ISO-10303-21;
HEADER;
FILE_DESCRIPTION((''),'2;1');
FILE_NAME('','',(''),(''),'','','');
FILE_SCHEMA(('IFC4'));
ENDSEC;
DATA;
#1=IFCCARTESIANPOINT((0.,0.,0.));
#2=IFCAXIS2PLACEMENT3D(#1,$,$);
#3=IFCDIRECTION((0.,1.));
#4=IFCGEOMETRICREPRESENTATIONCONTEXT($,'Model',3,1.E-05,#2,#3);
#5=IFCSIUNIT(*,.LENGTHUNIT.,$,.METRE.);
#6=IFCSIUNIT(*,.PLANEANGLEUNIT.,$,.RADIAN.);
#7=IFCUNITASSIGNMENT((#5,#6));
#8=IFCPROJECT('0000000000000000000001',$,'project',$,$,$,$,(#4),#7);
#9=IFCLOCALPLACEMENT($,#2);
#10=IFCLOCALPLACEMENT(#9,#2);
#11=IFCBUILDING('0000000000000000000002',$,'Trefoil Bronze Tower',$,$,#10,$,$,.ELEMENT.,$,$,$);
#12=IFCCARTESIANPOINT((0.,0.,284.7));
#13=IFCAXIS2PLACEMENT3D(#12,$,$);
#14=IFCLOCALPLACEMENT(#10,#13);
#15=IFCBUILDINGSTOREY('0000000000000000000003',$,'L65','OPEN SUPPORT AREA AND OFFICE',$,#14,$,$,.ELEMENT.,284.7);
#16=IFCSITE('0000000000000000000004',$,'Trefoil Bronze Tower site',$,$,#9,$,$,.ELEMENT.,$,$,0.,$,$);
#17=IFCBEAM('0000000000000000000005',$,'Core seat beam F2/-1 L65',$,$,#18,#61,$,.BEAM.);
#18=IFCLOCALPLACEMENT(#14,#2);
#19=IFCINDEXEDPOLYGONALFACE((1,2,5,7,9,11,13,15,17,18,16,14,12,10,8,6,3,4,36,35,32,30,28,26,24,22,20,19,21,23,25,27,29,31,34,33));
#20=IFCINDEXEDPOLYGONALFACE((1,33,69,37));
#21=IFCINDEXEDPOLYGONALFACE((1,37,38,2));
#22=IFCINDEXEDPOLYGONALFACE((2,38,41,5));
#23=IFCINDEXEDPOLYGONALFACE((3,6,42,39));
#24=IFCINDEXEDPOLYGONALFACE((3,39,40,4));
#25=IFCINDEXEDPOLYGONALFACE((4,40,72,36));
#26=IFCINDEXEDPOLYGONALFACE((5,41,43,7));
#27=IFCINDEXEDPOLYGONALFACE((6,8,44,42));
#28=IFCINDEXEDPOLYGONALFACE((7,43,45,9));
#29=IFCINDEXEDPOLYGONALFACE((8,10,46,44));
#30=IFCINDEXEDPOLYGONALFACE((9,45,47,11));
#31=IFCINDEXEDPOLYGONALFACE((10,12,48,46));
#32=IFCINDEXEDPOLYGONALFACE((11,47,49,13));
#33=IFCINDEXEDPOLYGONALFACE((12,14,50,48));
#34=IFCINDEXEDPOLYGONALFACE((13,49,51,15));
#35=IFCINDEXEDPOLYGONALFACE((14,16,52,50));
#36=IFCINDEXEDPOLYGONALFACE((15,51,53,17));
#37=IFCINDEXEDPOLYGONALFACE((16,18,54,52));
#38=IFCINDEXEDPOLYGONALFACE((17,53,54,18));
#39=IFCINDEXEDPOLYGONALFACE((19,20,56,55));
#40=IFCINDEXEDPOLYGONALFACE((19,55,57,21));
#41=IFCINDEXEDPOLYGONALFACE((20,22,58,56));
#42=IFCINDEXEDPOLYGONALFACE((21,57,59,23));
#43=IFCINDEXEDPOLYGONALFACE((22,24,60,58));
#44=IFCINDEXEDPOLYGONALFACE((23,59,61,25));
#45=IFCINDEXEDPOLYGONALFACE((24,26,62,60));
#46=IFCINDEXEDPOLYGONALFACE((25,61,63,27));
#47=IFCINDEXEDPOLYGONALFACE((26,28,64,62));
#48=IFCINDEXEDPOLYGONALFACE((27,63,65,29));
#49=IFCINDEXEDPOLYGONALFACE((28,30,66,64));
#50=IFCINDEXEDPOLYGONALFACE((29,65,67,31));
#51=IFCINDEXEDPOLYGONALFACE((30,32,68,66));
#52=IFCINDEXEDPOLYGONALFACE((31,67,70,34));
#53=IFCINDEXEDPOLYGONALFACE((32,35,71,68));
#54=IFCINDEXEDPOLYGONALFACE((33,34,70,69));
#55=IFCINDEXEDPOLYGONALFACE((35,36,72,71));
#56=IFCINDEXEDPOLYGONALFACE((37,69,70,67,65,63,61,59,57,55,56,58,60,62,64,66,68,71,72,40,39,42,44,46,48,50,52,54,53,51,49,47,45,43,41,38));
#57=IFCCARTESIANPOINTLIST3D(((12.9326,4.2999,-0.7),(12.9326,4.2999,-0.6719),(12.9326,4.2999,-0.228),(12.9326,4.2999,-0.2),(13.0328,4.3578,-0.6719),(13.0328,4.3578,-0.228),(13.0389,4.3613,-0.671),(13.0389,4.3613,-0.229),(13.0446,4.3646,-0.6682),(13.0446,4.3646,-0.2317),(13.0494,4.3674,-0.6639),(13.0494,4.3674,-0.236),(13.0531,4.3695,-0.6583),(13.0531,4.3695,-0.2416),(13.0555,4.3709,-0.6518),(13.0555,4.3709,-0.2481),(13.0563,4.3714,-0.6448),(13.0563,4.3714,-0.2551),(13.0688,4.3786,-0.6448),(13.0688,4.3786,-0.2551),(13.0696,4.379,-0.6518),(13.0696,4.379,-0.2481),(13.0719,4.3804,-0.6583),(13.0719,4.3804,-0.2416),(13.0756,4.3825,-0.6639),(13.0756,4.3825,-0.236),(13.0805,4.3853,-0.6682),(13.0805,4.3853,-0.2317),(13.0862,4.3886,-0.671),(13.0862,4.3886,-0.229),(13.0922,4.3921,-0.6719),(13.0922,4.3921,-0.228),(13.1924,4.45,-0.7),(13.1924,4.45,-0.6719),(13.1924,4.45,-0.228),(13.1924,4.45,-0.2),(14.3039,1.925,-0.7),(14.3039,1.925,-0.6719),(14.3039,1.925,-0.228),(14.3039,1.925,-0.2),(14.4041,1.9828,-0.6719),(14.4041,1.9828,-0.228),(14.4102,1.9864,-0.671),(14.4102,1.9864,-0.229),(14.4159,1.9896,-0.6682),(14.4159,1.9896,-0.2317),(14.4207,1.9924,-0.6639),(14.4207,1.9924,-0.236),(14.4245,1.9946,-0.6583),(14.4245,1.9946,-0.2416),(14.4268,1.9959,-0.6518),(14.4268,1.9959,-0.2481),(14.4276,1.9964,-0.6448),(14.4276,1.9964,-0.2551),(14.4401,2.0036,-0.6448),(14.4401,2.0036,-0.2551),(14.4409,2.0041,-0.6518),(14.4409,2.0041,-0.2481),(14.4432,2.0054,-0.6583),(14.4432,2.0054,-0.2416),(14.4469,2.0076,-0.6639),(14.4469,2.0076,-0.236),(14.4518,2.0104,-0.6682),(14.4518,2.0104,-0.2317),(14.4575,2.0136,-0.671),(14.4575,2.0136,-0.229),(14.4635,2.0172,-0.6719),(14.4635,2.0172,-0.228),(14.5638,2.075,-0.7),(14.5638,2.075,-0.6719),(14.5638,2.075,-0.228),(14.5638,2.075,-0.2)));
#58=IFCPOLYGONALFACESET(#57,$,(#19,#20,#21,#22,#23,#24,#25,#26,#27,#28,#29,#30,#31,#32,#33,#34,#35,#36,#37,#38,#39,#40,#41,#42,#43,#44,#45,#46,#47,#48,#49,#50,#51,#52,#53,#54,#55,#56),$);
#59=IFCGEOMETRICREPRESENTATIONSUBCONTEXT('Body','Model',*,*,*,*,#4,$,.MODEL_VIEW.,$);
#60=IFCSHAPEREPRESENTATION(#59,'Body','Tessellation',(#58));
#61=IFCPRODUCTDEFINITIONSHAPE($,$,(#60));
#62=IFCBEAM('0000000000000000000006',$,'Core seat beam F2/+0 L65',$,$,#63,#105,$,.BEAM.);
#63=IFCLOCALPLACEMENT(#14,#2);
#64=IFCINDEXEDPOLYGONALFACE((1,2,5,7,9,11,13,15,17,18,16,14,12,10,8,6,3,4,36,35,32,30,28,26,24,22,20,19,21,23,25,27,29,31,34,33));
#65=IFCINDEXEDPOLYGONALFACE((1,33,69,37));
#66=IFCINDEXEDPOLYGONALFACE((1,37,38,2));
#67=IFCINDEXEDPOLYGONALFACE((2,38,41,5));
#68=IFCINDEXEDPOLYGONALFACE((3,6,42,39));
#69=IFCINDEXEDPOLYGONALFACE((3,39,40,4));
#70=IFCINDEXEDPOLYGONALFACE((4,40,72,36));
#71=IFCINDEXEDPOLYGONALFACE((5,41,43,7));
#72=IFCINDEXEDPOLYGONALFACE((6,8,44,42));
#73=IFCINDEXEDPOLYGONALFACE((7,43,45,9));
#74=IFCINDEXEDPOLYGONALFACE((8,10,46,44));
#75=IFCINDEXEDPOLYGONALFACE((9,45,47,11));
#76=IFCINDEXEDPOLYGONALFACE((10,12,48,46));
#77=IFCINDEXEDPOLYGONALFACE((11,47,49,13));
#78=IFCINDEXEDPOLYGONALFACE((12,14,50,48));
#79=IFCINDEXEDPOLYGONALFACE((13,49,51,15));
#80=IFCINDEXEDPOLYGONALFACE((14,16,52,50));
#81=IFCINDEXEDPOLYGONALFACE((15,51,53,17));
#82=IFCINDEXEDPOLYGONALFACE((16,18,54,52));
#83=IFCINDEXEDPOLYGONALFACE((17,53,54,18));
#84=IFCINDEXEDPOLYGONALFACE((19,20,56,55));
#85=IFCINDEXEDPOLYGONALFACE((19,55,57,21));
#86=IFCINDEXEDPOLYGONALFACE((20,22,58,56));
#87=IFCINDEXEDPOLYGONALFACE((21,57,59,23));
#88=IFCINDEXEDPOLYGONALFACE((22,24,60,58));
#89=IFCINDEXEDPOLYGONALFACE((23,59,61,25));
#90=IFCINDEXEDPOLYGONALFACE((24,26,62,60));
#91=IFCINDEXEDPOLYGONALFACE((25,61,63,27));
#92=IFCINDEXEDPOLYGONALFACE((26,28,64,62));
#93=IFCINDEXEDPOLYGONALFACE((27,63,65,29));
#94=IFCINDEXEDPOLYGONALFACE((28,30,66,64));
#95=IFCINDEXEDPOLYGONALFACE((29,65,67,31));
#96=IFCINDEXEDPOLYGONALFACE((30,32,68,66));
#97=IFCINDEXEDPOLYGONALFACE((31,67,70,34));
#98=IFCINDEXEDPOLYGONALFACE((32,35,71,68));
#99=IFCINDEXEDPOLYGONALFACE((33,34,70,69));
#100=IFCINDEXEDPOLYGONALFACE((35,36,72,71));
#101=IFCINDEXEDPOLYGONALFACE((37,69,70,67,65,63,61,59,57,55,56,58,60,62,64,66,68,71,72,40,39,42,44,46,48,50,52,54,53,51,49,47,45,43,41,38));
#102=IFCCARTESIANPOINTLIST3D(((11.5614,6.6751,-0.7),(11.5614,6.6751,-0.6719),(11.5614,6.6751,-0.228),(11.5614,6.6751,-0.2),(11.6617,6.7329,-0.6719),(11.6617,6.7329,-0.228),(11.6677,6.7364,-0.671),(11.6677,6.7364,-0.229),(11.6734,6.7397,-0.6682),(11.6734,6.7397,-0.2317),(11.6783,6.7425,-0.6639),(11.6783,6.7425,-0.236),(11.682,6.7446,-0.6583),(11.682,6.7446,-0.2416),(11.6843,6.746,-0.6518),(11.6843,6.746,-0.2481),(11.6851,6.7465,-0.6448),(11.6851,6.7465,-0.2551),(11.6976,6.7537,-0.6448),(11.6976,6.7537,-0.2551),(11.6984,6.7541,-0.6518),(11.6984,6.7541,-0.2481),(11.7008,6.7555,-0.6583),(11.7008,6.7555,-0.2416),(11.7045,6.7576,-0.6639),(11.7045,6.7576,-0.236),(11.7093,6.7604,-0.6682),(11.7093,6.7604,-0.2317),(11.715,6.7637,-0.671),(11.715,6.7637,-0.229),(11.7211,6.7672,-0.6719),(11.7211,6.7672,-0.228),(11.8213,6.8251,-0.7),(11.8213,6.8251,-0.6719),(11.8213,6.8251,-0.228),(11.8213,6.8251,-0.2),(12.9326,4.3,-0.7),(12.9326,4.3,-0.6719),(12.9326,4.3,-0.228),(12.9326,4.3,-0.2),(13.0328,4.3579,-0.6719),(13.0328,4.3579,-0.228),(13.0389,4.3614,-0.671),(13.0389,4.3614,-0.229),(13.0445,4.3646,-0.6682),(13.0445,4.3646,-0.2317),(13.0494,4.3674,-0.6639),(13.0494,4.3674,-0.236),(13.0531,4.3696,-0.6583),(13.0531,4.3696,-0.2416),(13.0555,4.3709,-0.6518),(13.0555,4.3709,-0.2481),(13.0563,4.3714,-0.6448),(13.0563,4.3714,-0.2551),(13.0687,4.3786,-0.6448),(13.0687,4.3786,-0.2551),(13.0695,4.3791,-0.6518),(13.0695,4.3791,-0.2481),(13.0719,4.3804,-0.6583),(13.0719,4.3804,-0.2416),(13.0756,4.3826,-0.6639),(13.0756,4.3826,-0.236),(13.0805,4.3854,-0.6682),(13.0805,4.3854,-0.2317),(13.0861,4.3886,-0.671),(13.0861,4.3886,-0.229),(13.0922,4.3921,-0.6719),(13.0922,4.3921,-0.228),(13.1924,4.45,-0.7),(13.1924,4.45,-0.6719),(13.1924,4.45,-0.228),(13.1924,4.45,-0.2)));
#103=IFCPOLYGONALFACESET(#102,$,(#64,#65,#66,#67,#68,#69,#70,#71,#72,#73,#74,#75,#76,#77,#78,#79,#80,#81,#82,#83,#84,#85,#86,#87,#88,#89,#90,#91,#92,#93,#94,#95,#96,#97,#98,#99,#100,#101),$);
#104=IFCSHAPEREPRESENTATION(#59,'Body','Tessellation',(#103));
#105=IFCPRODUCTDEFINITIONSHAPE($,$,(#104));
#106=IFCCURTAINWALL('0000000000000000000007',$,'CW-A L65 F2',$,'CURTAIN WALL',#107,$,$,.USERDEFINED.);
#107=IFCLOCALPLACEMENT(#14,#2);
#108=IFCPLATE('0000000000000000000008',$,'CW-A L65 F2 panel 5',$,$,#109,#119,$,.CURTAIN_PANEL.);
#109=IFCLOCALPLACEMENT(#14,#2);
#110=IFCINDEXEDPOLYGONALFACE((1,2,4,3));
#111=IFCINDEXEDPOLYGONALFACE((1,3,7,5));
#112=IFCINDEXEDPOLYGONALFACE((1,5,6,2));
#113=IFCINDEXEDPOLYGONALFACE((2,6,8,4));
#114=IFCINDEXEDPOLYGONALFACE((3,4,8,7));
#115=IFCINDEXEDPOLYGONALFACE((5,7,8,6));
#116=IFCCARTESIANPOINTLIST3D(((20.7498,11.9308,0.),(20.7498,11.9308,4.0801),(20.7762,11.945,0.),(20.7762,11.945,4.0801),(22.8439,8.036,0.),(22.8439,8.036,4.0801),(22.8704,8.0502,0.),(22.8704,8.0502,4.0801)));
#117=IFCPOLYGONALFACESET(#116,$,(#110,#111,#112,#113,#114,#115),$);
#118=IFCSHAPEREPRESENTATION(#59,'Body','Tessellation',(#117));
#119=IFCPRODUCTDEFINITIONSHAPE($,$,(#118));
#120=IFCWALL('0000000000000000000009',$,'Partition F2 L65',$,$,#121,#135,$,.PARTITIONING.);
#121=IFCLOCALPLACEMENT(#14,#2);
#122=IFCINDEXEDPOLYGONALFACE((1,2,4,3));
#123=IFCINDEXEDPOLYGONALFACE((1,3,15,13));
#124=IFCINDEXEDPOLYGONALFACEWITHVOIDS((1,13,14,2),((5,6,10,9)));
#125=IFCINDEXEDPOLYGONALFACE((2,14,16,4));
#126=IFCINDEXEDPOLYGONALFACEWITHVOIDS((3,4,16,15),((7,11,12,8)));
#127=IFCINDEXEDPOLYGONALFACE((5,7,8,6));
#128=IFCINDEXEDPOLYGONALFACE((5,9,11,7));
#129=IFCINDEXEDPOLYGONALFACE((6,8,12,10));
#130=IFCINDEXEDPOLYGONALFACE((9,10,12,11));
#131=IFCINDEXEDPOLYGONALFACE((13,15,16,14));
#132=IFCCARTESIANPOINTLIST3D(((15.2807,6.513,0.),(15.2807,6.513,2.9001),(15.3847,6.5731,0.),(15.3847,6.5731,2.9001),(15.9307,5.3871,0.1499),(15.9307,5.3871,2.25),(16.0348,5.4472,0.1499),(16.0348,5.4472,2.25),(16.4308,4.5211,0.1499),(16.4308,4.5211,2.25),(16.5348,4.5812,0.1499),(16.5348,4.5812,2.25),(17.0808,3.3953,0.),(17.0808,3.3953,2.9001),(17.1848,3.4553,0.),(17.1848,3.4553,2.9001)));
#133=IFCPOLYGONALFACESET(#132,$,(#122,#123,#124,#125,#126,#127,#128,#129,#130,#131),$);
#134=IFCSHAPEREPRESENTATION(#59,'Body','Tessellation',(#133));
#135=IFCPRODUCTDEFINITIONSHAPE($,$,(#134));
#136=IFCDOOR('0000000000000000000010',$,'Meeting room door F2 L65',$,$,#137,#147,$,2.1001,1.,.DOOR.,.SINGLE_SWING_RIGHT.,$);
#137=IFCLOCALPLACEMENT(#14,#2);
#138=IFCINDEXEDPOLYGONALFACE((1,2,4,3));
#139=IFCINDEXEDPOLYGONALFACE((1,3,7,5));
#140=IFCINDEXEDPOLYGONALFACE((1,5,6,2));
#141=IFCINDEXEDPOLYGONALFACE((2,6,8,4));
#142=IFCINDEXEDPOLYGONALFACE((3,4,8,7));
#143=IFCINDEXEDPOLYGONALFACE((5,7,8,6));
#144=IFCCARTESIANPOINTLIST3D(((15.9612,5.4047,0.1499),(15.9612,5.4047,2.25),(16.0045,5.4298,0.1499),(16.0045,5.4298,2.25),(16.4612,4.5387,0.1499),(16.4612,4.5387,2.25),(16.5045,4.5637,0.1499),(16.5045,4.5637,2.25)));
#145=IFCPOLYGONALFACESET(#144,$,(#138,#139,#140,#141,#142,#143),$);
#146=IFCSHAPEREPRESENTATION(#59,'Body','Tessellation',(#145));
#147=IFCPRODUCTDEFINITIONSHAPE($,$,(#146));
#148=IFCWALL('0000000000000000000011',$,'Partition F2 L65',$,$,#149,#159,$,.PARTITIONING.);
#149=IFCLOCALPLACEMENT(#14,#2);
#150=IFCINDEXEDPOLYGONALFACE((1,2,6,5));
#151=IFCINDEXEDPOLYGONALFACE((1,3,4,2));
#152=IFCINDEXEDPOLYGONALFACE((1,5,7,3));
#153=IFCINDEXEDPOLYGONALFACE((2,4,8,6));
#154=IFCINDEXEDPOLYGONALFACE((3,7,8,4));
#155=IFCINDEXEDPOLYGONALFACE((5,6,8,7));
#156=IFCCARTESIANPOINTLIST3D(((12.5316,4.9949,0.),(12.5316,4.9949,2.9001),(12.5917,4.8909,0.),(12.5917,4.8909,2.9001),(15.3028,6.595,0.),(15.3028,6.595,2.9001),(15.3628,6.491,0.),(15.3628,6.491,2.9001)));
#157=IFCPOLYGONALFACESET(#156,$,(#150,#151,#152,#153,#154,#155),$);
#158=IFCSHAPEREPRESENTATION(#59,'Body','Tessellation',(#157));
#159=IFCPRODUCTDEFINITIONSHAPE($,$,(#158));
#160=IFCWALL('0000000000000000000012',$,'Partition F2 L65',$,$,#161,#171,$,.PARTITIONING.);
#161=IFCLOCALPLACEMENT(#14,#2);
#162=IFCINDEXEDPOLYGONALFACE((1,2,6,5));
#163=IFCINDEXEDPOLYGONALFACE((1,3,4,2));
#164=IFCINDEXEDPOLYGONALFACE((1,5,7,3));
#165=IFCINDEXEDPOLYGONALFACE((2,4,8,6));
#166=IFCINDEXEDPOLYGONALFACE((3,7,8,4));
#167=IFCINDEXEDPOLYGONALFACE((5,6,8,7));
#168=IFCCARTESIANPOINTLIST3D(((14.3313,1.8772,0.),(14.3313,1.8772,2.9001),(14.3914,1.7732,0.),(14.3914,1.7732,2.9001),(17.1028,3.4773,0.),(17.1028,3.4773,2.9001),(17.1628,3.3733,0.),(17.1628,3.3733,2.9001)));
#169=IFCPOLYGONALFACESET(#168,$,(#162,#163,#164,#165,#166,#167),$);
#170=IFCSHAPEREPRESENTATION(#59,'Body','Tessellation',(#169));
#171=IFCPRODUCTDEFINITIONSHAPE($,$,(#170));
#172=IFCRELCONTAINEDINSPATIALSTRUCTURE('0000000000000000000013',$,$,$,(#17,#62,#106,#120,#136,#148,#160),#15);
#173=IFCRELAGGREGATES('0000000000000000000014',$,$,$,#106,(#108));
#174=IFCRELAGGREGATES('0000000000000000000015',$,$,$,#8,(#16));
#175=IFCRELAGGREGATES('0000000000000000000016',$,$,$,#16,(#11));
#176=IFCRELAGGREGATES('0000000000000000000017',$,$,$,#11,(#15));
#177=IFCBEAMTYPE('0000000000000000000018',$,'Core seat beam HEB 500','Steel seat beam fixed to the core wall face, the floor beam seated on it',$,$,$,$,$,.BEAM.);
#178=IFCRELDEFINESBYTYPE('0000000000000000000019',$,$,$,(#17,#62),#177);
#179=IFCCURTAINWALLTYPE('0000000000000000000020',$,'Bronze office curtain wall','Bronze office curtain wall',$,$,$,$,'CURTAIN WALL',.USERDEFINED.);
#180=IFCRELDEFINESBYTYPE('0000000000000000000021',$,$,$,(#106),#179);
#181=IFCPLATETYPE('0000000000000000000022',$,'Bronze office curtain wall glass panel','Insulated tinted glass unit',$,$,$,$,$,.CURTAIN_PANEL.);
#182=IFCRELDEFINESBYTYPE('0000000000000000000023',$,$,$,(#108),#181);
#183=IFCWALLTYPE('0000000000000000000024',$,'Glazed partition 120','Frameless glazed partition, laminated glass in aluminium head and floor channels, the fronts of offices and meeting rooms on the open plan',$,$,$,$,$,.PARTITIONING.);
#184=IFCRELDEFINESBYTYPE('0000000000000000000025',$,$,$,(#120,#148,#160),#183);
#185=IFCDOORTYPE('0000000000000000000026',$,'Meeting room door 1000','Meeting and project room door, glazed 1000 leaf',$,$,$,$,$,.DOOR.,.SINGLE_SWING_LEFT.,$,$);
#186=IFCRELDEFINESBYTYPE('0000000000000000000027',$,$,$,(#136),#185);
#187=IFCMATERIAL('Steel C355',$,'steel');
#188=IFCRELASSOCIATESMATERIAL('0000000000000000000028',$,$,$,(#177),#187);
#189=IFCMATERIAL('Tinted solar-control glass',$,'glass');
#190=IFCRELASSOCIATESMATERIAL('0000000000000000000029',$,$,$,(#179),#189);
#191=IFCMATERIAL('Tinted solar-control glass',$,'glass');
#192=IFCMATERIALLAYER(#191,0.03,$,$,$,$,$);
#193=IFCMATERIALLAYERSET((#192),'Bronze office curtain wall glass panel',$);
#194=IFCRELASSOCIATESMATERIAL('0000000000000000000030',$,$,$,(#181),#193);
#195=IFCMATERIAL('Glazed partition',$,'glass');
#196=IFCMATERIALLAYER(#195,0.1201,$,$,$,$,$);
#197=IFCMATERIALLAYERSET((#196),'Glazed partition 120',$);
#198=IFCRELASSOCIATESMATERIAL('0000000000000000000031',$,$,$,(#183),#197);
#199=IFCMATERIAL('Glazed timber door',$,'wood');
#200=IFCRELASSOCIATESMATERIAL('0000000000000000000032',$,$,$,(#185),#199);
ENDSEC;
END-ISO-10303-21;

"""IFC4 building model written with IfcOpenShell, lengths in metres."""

from ifc_helpers import new_model, si_unit, direction, frame, frame_2d, origin, origin_2d, place, context, subcontext, project, spatial, rectangle, i_section, extrude, material, layer, layer_set, material_profile, profile_set, type_object, element, fill, aggregate, save


model = new_model("IFC4")

# Units and contexts
model_context = context("Model", 3, precision=1e-05, world=origin(), true_north=direction((0.0, 1.0)))
body_context = subcontext(model_context, "Body", "Model", "MODEL_VIEW")
ifc_project = project(units=[si_unit("LENGTHUNIT", "METRE"), si_unit("PLANEANGLEUNIT", "RADIAN")], contexts=[model_context])

# Site, building, storey
site_placement = place(None, origin())
site = spatial("IfcSite", under=ifc_project, at=site_placement, Name="Trefoil Bronze Tower site", CompositionType="ELEMENT", RefElevation=0.0)
building_placement = place(site_placement, origin())
building = spatial("IfcBuilding", under=site, at=building_placement, Name="Trefoil Bronze Tower", CompositionType="ELEMENT")
storey_placement = place(building_placement, frame((0.0, 0.0, 284.7)))
storey = spatial("IfcBuildingStorey", under=building, at=storey_placement, Name="L65", Description="OPEN SUPPORT AREA AND OFFICE", CompositionType="ELEMENT", Elevation=284.7)

# Beams
ifc_material_1 = material(Name="Steel C355", Category="steel")
ifc_material_profile = material_profile(ifc_material_1, i_section(OverallWidth=0.3, OverallDepth=0.5, WebThickness=0.0144, FlangeThickness=0.0281, FilletRadius=0.0271, at=origin_2d()), Name="HEB 500")
ifc_profile_set = profile_set([ifc_material_profile], Name="Steel C355")
beam_type = type_object("IfcBeamType", Name="Core seat beam HEB 500", Description="Steel seat beam fixed to the core wall face, the floor beam seated on it", PredefinedType="BEAM", material=ifc_profile_set)
for number, where, z_axis, x_axis, name in (
    (1, (14.4338, 2.0, -0.45), (-0.500036, 0.866005, 0.0), (-0.866005, -0.500036, 0.0), "Core seat beam F2/-1 L65"),
    (2, (13.0625, 4.375, -0.45), (-0.499969, 0.866043, 0.0), (-0.866043, -0.499969, 0.0), "Core seat beam F2/+0 L65"),
):
    element("IfcBeam", number, at=place(storey_placement, frame(where, z_axis=z_axis, x_axis=x_axis)), inside=storey, type_object=beam_type, Name=name, PredefinedType="BEAM", context=body_context, shape_type="SweptSolid", body=[
        extrude(i_section(OverallWidth=0.3, OverallDepth=0.5, WebThickness=0.0144, FlangeThickness=0.0281, FilletRadius=0.0271, at=origin_2d()), origin(), (0.0, 0.0, 1.0), 2.7424),
    ])

# Curtain wall, plate
ifc_material_2 = material(Name="Tinted solar-control glass", Category="glass")
curtain_wall_type = type_object("IfcCurtainWallType", Name="Bronze office curtain wall", Description="Bronze office curtain wall", ElementType="CURTAIN WALL", PredefinedType="USERDEFINED", material=ifc_material_2)
curtain_wall_placement = place(storey_placement, origin())
curtain_wall = element("IfcCurtainWall", 3, at=curtain_wall_placement, inside=storey, type_object=curtain_wall_type, Name="CW-A L65 F2", ObjectType="CURTAIN WALL", PredefinedType="USERDEFINED")
ifc_material_3 = material(Name="Tinted solar-control glass", Category="glass")
ifc_layer_1 = layer(ifc_material_3, 0.03)
ifc_layer_set_1 = layer_set([ifc_layer_1], Name="Bronze office curtain wall glass panel")
plate_type = type_object("IfcPlateType", Name="Bronze office curtain wall glass panel", Description="Insulated tinted glass unit", PredefinedType="CURTAIN_PANEL", material=ifc_layer_set_1)
plate_placement = place(storey_placement, frame((21.8101, 9.9905, 0.0), z_axis=(0.0, 0.0, 1.0), x_axis=(-0.473562, 0.88076, 0.0)))
plate = element("IfcPlate", 4, at=plate_placement, type_object=plate_type, Name="CW-A L65 F2 panel 5", PredefinedType="CURTAIN_PANEL", context=body_context, shape_type="SweptSolid", body=[
    extrude(rectangle(XDim=4.4221, YDim=0.03, at=origin_2d()), origin(), (0.0, 0.0, 1.0), 4.0801),
])
aggregate(curtain_wall, [plate])

# Wall, opening, door
ifc_material_4 = material(Name="Glazed partition", Category="glass")
ifc_layer_2 = layer(ifc_material_4, 0.1201)
ifc_layer_set_2 = layer_set([ifc_layer_2], Name="Glazed partition 120")
wall_type_1 = type_object("IfcWallType", Name="Glazed partition 120", Description="Frameless glazed partition, laminated glass in aluminium head and floor channels, the fronts of offices and meeting rooms on the open plan", PredefinedType="PARTITIONING", material=ifc_layer_set_2)
wall_1_placement = place(storey_placement, frame((17.1328, 3.4253, 0.0), z_axis=(0.0, 0.0, 1.0), x_axis=(-0.500012, 0.866018, 0.0)))
wall_1 = element("IfcWall", 5, at=wall_1_placement, inside=storey, type_object=wall_type_1, Name="Partition F2 L65", PredefinedType="PARTITIONING", context=body_context, shape_type="SweptSolid", body=[
    extrude(rectangle(XDim=3.6001, YDim=0.1201, at=frame_2d((1.8, 0.0))), origin(), (0.0, 0.0, 1.0), 2.9001),
])
opening_1_placement = place(wall_1_placement, frame((1.3, 0.0, 0.1499)))
opening_1 = element("IfcOpeningElement", 6, at=opening_1_placement, cuts=wall_1, PredefinedType="OPENING", context=body_context, shape_type="SweptSolid", body=[
    extrude(rectangle(XDim=1.0, YDim=2.1001, at=frame_2d((0.5, 1.05))), frame((0.0, 0.0701, 0.0), z_axis=(0.0, -1.0, 0.0), x_axis=(1.0, 0.0, 0.0)), (0.0, 0.0, 1.0), 0.1401),
])
ifc_material_5 = material(Name="Glazed timber door", Category="wood")
door_type_1 = type_object("IfcDoorType", Name="Meeting room door 1000", Description="Meeting and project room door, glazed 1000 leaf", OperationType="SINGLE_SWING_LEFT", PredefinedType="DOOR", material=ifc_material_5)
door_1_placement = place(opening_1_placement, origin())
door_1 = element("IfcDoor", 7, at=door_1_placement, inside=storey, type_object=door_type_1, Name="Meeting room door F2 L65", OperationType="SINGLE_SWING_RIGHT", OverallHeight=2.1001, OverallWidth=1.0, PredefinedType="DOOR", context=body_context, shape_type="SweptSolid", body=[
    extrude(rectangle(XDim=1.0, YDim=2.1001, at=frame_2d((0.5, 1.05))), frame((0.0, 0.0249, 0.0), z_axis=(0.0, -1.0, 0.0), x_axis=(1.0, 0.0, 0.0)), (0.0, 0.0, 1.0), 0.05),
])
fill(opening_1, door_1)

# Walls
wall_2_placement = place(storey_placement, frame((12.5615, 4.9429, 0.0), z_axis=(0.0, 0.0, 1.0), x_axis=(0.866009, 0.500028, 0.0)))
element("IfcWall", 8, at=wall_2_placement, inside=storey, type_object=wall_type_1, Name="Partition F2 L65", PredefinedType="PARTITIONING", context=body_context, shape_type="SweptSolid", body=[
    extrude(rectangle(XDim=3.2, YDim=0.1201, at=frame_2d((1.6001, 0.0))), origin(), (0.0, 0.0, 1.0), 2.9001),
])
wall_3_placement = place(storey_placement, frame((14.3613, 1.8252, 0.0), z_axis=(0.0, 0.0, 1.0), x_axis=(0.866028, 0.499995, 0.0)))
element("IfcWall", 9, at=wall_3_placement, inside=storey, type_object=wall_type_1, Name="Partition F2 L65", PredefinedType="PARTITIONING", context=body_context, shape_type="SweptSolid", body=[
    extrude(rectangle(XDim=3.2002, YDim=0.1201, at=frame_2d((1.6001, 0.0))), origin(), (0.0, 0.0, 1.0), 2.9001),
])

save(model, "model.ifc")
